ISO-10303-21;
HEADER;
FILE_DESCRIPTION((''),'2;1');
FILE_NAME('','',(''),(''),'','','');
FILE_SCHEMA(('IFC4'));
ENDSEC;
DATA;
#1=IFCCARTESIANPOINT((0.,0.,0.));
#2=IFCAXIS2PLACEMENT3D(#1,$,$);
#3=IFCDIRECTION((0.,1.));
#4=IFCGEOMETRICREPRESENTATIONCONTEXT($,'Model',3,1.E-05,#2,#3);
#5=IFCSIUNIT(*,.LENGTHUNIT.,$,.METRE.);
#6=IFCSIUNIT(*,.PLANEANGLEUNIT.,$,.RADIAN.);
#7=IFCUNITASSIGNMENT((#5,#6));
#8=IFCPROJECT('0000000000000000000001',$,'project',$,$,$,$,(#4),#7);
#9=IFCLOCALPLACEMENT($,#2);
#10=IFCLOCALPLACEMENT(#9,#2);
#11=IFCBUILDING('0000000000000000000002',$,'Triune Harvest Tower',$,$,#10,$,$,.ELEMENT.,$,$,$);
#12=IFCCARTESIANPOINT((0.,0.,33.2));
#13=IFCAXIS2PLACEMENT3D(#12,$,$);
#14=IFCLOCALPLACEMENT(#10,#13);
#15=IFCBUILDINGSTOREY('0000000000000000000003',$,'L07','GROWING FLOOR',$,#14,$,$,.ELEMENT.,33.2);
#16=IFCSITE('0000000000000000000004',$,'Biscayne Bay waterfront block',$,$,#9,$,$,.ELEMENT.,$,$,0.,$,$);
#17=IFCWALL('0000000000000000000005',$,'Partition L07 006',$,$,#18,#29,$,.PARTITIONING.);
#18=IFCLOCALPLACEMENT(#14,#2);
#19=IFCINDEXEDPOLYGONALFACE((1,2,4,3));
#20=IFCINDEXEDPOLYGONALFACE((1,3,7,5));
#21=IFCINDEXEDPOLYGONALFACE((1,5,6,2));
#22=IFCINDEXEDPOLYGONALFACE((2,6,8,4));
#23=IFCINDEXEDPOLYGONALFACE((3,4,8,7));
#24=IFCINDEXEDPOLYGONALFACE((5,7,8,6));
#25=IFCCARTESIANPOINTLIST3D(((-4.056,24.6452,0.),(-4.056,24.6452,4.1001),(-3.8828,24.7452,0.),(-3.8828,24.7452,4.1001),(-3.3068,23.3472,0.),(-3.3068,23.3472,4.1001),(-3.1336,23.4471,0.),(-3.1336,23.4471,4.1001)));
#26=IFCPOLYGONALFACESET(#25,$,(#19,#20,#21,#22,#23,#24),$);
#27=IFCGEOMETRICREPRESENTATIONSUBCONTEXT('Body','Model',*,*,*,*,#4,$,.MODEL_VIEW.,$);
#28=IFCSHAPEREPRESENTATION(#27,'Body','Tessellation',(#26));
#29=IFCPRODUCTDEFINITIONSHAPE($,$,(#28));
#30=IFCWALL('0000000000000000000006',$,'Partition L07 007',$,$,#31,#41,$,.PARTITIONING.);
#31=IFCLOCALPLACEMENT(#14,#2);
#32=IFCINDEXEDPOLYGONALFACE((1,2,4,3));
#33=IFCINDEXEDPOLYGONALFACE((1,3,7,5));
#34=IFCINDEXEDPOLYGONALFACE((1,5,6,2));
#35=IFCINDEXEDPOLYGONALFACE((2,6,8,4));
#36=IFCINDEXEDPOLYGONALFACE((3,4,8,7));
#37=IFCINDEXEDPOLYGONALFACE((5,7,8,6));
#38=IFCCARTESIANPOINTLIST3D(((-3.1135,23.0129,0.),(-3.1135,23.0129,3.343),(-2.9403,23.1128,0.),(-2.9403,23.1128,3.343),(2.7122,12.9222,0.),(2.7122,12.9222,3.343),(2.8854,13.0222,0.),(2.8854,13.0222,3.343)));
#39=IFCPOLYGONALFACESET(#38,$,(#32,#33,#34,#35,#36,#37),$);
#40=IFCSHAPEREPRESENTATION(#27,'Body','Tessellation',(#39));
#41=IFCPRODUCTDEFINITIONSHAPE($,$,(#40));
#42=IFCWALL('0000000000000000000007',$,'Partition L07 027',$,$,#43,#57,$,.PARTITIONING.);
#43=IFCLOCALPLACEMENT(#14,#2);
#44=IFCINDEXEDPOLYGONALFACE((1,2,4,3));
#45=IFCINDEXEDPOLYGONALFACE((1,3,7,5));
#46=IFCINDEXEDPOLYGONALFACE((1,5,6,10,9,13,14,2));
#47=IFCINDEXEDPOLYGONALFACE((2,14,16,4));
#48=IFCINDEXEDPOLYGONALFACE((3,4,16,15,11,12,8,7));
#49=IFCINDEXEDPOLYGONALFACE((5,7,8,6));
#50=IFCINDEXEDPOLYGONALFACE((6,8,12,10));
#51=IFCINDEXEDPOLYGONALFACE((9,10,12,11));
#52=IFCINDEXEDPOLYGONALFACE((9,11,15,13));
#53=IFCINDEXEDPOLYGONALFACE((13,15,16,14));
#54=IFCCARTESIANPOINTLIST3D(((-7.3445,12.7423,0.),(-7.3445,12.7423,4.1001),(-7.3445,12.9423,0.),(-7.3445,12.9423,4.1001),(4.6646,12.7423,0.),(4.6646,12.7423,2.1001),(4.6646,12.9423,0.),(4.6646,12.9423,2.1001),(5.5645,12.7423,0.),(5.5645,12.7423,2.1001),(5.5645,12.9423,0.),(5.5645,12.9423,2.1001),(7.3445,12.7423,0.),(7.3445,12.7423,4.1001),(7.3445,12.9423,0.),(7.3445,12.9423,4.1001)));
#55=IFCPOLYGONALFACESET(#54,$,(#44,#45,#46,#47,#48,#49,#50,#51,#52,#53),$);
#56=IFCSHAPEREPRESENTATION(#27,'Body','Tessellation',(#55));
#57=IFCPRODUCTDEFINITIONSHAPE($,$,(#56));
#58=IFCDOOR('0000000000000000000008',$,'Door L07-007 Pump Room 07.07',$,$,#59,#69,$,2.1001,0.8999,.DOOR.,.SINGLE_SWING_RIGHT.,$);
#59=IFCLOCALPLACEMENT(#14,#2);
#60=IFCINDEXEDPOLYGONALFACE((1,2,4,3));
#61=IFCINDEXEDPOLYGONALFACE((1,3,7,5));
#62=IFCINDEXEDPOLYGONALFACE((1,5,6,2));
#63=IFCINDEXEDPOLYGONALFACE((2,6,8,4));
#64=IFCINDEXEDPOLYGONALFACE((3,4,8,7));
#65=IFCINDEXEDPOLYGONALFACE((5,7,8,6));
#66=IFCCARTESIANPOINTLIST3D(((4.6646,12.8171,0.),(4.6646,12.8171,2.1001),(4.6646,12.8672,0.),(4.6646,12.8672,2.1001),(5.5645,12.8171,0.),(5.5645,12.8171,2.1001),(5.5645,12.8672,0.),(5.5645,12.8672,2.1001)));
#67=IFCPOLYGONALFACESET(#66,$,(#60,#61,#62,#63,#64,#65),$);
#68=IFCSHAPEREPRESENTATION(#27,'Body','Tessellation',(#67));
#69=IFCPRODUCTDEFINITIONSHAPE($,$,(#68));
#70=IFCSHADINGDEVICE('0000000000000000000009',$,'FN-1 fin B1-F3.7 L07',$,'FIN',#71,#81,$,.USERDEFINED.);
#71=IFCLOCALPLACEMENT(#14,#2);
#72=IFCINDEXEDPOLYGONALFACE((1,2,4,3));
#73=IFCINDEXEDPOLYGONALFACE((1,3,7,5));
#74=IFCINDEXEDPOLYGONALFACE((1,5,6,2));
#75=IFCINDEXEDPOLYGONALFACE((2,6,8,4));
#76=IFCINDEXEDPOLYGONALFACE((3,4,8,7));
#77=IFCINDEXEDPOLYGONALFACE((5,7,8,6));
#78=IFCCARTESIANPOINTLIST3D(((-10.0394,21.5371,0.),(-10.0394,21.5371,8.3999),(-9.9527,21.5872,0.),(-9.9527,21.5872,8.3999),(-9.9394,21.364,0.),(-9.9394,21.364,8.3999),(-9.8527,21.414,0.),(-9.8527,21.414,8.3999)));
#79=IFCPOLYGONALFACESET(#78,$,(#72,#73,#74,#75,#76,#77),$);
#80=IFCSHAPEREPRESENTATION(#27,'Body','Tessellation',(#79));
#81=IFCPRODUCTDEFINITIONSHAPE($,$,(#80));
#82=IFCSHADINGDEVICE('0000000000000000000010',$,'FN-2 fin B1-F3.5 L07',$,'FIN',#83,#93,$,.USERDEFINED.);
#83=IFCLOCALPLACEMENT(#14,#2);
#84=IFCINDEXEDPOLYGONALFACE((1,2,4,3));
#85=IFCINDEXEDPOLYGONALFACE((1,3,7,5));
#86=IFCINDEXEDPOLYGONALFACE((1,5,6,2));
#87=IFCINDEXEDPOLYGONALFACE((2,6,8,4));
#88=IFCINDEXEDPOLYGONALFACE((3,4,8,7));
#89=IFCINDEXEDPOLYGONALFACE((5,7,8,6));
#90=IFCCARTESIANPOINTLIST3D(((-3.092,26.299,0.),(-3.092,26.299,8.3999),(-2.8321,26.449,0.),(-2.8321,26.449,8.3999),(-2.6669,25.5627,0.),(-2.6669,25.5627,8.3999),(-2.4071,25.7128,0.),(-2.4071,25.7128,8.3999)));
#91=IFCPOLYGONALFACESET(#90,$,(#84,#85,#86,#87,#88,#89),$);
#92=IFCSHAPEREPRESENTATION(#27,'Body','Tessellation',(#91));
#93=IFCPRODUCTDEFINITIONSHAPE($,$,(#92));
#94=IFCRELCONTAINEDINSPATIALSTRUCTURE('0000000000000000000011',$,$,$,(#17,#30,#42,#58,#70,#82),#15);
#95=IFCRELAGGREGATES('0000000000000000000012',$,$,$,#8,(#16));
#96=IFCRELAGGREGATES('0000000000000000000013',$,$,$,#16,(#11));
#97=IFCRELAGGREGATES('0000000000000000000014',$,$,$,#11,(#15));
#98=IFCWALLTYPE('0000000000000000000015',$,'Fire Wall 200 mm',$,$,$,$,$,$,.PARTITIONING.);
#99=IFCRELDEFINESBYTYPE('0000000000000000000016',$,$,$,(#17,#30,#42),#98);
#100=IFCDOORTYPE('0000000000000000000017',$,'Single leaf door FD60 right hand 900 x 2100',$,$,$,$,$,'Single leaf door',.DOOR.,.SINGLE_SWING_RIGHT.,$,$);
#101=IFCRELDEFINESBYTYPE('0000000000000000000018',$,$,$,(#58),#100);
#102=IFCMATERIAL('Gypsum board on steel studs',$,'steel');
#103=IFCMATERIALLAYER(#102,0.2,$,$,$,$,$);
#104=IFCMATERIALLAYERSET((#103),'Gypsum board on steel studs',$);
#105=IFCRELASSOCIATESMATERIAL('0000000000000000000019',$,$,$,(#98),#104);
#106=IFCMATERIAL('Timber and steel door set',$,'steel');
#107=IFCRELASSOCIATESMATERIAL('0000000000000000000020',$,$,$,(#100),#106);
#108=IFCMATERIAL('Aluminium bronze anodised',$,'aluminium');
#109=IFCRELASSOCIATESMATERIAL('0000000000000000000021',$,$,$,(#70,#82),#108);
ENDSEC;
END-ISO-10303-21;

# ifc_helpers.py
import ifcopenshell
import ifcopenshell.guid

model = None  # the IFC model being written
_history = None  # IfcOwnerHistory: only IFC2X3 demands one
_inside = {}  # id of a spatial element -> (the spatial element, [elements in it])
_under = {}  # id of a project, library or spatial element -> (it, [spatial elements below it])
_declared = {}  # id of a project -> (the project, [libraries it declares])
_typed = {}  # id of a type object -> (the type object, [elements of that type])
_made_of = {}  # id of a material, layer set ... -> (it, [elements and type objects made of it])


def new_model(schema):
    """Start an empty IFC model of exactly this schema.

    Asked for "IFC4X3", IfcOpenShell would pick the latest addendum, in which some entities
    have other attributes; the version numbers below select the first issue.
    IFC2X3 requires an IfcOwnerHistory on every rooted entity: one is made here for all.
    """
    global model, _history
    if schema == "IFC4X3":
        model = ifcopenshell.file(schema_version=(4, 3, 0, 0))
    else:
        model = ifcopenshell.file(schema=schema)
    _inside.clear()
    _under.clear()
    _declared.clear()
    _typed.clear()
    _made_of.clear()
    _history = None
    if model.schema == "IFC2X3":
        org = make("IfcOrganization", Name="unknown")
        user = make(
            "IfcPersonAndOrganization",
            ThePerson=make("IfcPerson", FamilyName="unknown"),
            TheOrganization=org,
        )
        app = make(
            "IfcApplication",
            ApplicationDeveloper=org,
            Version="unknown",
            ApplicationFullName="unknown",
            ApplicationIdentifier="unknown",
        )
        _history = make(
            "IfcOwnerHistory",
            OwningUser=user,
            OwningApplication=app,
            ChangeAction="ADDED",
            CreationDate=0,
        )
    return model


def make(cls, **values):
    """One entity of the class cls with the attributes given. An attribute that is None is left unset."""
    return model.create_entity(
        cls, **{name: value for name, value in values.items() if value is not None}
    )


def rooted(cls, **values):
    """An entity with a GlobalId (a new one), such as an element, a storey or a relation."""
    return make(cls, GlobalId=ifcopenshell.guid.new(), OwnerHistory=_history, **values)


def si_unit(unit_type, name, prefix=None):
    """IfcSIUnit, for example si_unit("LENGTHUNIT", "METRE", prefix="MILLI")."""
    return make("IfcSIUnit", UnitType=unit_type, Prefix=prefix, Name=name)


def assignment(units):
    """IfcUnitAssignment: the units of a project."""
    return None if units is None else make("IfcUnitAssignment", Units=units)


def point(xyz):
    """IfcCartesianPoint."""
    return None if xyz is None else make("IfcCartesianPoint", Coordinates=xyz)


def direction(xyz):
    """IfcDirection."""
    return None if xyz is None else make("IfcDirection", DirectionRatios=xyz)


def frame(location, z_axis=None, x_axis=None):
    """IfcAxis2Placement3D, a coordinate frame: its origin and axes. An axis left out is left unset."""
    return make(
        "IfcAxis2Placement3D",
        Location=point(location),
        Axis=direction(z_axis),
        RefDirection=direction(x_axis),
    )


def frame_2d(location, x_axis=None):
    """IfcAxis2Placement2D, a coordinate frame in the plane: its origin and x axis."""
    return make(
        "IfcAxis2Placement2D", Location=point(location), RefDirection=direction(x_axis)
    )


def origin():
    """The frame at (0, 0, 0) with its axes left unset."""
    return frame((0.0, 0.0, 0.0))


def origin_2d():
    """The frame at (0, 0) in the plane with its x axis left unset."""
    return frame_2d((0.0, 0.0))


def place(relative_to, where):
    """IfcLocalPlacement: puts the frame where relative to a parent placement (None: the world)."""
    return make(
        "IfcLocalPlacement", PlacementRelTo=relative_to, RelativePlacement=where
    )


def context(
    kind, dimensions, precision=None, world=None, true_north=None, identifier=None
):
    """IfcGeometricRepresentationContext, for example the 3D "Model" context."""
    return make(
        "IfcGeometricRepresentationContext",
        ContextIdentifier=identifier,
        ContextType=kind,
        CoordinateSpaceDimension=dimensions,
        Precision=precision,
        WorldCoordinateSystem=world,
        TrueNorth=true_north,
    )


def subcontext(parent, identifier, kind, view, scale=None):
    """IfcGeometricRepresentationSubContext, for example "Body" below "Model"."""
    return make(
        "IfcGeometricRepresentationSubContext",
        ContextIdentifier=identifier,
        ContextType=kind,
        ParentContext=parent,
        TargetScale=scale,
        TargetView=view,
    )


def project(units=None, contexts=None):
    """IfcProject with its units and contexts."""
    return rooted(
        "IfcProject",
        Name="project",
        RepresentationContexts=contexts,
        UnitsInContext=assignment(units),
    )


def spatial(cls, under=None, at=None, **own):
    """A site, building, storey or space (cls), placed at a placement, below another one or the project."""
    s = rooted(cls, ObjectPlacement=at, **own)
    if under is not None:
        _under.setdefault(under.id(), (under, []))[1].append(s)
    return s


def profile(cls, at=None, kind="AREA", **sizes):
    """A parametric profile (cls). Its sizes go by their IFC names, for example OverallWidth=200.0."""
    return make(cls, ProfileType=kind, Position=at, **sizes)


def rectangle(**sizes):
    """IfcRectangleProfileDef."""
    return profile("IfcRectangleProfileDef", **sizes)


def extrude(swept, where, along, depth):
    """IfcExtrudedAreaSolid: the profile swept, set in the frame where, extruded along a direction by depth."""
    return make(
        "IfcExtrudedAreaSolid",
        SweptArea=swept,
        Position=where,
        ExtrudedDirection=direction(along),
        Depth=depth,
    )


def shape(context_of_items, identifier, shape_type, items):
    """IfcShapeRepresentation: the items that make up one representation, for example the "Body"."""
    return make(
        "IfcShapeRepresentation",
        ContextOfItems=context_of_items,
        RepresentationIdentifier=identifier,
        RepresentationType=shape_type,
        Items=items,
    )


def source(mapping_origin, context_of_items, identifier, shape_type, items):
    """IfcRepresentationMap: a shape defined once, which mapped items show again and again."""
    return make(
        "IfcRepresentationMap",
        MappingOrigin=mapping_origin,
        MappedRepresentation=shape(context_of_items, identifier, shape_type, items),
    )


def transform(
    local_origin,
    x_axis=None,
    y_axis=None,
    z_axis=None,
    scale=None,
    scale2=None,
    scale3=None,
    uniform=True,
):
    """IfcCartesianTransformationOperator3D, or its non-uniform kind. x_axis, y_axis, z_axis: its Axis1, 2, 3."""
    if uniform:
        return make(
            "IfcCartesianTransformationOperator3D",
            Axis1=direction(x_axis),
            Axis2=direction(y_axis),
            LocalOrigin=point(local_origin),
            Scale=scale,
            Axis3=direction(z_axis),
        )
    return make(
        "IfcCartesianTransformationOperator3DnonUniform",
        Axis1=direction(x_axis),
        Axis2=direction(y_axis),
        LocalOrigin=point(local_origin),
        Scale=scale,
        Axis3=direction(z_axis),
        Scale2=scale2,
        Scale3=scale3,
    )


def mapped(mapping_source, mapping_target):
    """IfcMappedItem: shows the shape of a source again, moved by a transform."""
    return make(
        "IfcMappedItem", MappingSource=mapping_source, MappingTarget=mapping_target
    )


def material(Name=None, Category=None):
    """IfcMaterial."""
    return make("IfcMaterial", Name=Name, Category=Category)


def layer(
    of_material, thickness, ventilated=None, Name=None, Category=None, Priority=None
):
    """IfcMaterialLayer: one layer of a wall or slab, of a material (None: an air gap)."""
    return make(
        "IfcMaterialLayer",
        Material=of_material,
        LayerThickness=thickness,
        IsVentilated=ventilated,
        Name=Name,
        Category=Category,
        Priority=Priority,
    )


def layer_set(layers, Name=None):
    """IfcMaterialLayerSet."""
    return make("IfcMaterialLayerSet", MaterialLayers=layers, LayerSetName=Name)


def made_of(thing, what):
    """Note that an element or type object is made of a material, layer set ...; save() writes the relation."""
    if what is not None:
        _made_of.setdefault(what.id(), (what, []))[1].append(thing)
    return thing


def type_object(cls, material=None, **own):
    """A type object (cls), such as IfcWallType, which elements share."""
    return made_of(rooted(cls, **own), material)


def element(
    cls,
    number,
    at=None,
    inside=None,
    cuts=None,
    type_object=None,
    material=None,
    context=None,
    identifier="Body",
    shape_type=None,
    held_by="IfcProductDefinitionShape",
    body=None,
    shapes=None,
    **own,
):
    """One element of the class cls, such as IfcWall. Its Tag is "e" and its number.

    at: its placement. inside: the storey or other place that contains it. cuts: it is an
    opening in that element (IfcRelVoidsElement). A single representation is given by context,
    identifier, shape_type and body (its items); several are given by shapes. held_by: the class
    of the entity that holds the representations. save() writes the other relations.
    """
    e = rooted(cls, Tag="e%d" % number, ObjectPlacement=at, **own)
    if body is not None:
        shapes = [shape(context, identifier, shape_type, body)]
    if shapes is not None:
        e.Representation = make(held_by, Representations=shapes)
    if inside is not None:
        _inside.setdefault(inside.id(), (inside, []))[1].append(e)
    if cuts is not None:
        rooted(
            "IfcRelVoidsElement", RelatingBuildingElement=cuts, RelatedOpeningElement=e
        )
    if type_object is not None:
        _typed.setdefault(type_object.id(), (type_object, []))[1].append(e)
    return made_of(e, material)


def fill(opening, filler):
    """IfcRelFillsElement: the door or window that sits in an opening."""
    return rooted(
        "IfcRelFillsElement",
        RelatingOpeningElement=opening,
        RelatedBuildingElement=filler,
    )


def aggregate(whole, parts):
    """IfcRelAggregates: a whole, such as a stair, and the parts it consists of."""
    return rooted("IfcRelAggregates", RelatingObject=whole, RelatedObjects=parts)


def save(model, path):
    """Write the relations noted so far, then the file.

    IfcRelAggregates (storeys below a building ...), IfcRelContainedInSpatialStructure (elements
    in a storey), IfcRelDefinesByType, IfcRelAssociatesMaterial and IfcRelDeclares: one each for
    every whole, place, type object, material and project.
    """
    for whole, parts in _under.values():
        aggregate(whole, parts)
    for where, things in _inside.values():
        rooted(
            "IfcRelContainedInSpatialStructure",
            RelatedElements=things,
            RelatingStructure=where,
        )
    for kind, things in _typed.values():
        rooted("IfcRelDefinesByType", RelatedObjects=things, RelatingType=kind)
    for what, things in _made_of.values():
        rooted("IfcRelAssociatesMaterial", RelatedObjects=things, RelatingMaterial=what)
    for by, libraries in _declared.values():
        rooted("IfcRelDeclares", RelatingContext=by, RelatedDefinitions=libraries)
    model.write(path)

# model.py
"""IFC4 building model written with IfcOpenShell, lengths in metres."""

from ifc_helpers import new_model, si_unit, direction, frame, frame_2d, origin, origin_2d, place, context, subcontext, project, spatial, rectangle, extrude, source, transform, mapped, material, layer, layer_set, type_object, element, fill, save


model = new_model("IFC4")

# Units and contexts
model_context = context("Model", 3, precision=1e-05, world=origin(), true_north=direction((0.0, 1.0)))
body_context = subcontext(model_context, "Body", "Model", "MODEL_VIEW")
ifc_project = project(units=[si_unit("LENGTHUNIT", "METRE"), si_unit("PLANEANGLEUNIT", "RADIAN")], contexts=[model_context])

# Site, building, storey
site_placement = place(None, origin())
site = spatial("IfcSite", under=ifc_project, at=site_placement, Name="Biscayne Bay waterfront block", CompositionType="ELEMENT", RefElevation=0.0)
building_placement = place(site_placement, origin())
building = spatial("IfcBuilding", under=site, at=building_placement, Name="Triune Harvest Tower", CompositionType="ELEMENT")
storey_placement = place(building_placement, frame((0.0, 0.0, 33.2)))
storey = spatial("IfcBuildingStorey", under=building, at=storey_placement, Name="L07", Description="GROWING FLOOR", CompositionType="ELEMENT", Elevation=33.2)

# Walls
ifc_material_1 = material(Name="Gypsum board on steel studs", Category="steel")
ifc_layer_1 = layer(ifc_material_1, 0.2)
ifc_layer_set_1 = layer_set([ifc_layer_1], Name="Gypsum board on steel studs")
wall_type_1 = type_object("IfcWallType", Name="Fire Wall 200 mm", PredefinedType="PARTITIONING", material=ifc_layer_set_1)
shared_shape_1 = source(origin(), body_context, "Body", "SweptSolid", [
    extrude(rectangle(XDim=1.4988, YDim=0.2, at=frame_2d((0.7495, 0.0))), origin(), (0.0, 0.0, 1.0), 4.1001),
])
wall_1_placement = place(storey_placement, frame((-3.9695, 24.6953, 0.0), z_axis=(0.0, 0.0, 1.0), x_axis=(0.499906, -0.86608, 0.0)))
element("IfcWall", 1, at=wall_1_placement, inside=storey, type_object=wall_type_1, Name="Partition L07 006", PredefinedType="PARTITIONING", context=body_context, shape_type="MappedRepresentation", body=[
    mapped(shared_shape_1, transform((0.0, 0.0, 0.0), scale=1.0)),
])
shared_shape_2 = source(origin(), body_context, "Body", "SweptSolid", [
    extrude(rectangle(XDim=11.6516, YDim=0.2, at=frame_2d((5.8257, 0.0))), origin(), (0.0, 0.0, 1.0), 3.343),
])
wall_2_placement = place(storey_placement, frame((-3.0269, 23.0627, 0.0), z_axis=(0.0, 0.0, 1.0), x_axis=(0.499993, -0.86603, 0.0)))
element("IfcWall", 2, at=wall_2_placement, inside=storey, type_object=wall_type_1, Name="Partition L07 007", PredefinedType="PARTITIONING", context=body_context, shape_type="MappedRepresentation", body=[
    mapped(shared_shape_2, transform((0.0, 0.0, 0.0), scale=1.0)),
])

# Wall, opening, door
shared_shape_3 = source(origin(), body_context, "Body", "SweptSolid", [
    extrude(rectangle(XDim=14.689, YDim=0.2, at=frame_2d((7.3445, 0.0))), origin(), (0.0, 0.0, 1.0), 4.1001),
])
wall_3_placement = place(storey_placement, frame((-7.3445, 12.8423, 0.0), z_axis=(0.0, 0.0, 1.0), x_axis=(1.0, 0.0, 0.0)))
wall_3 = element("IfcWall", 3, at=wall_3_placement, inside=storey, type_object=wall_type_1, Name="Partition L07 027", PredefinedType="PARTITIONING", context=body_context, shape_type="MappedRepresentation", body=[
    mapped(shared_shape_3, transform((0.0, 0.0, 0.0), scale=1.0)),
])
opening_1_placement = place(wall_3_placement, frame((12.009, 0.0, 0.0)))
opening_1 = element("IfcOpeningElement", 4, at=opening_1_placement, cuts=wall_3, PredefinedType="OPENING", context=body_context, shape_type="SweptSolid", body=[
    extrude(rectangle(XDim=0.8999, YDim=2.1001, at=frame_2d((0.45, 1.05))), frame((0.0, 0.1099, 0.0), z_axis=(0.0, -1.0, 0.0), x_axis=(1.0, 0.0, 0.0)), (0.0, 0.0, 1.0), 0.22),
])
ifc_material_2 = material(Name="Timber and steel door set", Category="steel")
door_type_1 = type_object("IfcDoorType", Name="Single leaf door FD60 right hand 900 x 2100", ElementType="Single leaf door", OperationType="SINGLE_SWING_RIGHT", PredefinedType="DOOR", material=ifc_material_2)
door_1_placement = place(opening_1_placement, origin())
door_1 = element("IfcDoor", 5, at=door_1_placement, inside=storey, type_object=door_type_1, Name="Door L07-007 Pump Room 07.07", OperationType="SINGLE_SWING_RIGHT", OverallHeight=2.1001, OverallWidth=0.8999, PredefinedType="DOOR", context=body_context, shape_type="SweptSolid", body=[
    extrude(rectangle(XDim=0.8999, YDim=2.1001, at=frame_2d((0.45, 1.05))), frame((0.0, 0.0249, 0.0), z_axis=(0.0, -1.0, 0.0), x_axis=(1.0, 0.0, 0.0)), (0.0, 0.0, 1.0), 0.05),
])
fill(opening_1, door_1)

# Shading devices
ifc_material_3 = material(Name="Aluminium bronze anodised", Category="aluminium")
shared_shape_4 = source(origin(), body_context, "Body", "SweptSolid", [
    extrude(rectangle(XDim=0.1001, YDim=0.2, at=origin_2d()), origin(), (0.0, 0.0, 1.0), 8.3999),
])
shading_device_1_placement = place(storey_placement, frame((-9.946, 21.4756, 0.0), z_axis=(0.0, 0.0, 1.0), x_axis=(-0.866025, -0.5, 0.0)))
element("IfcShadingDevice", 6, at=shading_device_1_placement, inside=storey, material=ifc_material_3, Name="FN-1 fin B1-F3.7 L07", ObjectType="FIN", PredefinedType="USERDEFINED", context=body_context, shape_type="MappedRepresentation", body=[
    mapped(shared_shape_4, transform((0.0, 0.0, 0.0), scale=1.0)),
])
shared_shape_5 = source(origin(), body_context, "Body", "SweptSolid", [
    extrude(rectangle(XDim=0.3, YDim=0.8501, at=origin_2d()), origin(), (0.0, 0.0, 1.0), 8.3999),
])
shading_device_2_placement = place(storey_placement, frame((-2.7495, 26.0059, 0.0), z_axis=(0.0, 0.0, 1.0), x_axis=(-0.866025, -0.5, 0.0)))
element("IfcShadingDevice", 7, at=shading_device_2_placement, inside=storey, material=ifc_material_3, Name="FN-2 fin B1-F3.5 L07", ObjectType="FIN", PredefinedType="USERDEFINED", context=body_context, shape_type="MappedRepresentation", body=[
    mapped(shared_shape_5, transform((0.0, 0.0, 0.0), scale=1.0)),
])

save(model, "model.ifc")
